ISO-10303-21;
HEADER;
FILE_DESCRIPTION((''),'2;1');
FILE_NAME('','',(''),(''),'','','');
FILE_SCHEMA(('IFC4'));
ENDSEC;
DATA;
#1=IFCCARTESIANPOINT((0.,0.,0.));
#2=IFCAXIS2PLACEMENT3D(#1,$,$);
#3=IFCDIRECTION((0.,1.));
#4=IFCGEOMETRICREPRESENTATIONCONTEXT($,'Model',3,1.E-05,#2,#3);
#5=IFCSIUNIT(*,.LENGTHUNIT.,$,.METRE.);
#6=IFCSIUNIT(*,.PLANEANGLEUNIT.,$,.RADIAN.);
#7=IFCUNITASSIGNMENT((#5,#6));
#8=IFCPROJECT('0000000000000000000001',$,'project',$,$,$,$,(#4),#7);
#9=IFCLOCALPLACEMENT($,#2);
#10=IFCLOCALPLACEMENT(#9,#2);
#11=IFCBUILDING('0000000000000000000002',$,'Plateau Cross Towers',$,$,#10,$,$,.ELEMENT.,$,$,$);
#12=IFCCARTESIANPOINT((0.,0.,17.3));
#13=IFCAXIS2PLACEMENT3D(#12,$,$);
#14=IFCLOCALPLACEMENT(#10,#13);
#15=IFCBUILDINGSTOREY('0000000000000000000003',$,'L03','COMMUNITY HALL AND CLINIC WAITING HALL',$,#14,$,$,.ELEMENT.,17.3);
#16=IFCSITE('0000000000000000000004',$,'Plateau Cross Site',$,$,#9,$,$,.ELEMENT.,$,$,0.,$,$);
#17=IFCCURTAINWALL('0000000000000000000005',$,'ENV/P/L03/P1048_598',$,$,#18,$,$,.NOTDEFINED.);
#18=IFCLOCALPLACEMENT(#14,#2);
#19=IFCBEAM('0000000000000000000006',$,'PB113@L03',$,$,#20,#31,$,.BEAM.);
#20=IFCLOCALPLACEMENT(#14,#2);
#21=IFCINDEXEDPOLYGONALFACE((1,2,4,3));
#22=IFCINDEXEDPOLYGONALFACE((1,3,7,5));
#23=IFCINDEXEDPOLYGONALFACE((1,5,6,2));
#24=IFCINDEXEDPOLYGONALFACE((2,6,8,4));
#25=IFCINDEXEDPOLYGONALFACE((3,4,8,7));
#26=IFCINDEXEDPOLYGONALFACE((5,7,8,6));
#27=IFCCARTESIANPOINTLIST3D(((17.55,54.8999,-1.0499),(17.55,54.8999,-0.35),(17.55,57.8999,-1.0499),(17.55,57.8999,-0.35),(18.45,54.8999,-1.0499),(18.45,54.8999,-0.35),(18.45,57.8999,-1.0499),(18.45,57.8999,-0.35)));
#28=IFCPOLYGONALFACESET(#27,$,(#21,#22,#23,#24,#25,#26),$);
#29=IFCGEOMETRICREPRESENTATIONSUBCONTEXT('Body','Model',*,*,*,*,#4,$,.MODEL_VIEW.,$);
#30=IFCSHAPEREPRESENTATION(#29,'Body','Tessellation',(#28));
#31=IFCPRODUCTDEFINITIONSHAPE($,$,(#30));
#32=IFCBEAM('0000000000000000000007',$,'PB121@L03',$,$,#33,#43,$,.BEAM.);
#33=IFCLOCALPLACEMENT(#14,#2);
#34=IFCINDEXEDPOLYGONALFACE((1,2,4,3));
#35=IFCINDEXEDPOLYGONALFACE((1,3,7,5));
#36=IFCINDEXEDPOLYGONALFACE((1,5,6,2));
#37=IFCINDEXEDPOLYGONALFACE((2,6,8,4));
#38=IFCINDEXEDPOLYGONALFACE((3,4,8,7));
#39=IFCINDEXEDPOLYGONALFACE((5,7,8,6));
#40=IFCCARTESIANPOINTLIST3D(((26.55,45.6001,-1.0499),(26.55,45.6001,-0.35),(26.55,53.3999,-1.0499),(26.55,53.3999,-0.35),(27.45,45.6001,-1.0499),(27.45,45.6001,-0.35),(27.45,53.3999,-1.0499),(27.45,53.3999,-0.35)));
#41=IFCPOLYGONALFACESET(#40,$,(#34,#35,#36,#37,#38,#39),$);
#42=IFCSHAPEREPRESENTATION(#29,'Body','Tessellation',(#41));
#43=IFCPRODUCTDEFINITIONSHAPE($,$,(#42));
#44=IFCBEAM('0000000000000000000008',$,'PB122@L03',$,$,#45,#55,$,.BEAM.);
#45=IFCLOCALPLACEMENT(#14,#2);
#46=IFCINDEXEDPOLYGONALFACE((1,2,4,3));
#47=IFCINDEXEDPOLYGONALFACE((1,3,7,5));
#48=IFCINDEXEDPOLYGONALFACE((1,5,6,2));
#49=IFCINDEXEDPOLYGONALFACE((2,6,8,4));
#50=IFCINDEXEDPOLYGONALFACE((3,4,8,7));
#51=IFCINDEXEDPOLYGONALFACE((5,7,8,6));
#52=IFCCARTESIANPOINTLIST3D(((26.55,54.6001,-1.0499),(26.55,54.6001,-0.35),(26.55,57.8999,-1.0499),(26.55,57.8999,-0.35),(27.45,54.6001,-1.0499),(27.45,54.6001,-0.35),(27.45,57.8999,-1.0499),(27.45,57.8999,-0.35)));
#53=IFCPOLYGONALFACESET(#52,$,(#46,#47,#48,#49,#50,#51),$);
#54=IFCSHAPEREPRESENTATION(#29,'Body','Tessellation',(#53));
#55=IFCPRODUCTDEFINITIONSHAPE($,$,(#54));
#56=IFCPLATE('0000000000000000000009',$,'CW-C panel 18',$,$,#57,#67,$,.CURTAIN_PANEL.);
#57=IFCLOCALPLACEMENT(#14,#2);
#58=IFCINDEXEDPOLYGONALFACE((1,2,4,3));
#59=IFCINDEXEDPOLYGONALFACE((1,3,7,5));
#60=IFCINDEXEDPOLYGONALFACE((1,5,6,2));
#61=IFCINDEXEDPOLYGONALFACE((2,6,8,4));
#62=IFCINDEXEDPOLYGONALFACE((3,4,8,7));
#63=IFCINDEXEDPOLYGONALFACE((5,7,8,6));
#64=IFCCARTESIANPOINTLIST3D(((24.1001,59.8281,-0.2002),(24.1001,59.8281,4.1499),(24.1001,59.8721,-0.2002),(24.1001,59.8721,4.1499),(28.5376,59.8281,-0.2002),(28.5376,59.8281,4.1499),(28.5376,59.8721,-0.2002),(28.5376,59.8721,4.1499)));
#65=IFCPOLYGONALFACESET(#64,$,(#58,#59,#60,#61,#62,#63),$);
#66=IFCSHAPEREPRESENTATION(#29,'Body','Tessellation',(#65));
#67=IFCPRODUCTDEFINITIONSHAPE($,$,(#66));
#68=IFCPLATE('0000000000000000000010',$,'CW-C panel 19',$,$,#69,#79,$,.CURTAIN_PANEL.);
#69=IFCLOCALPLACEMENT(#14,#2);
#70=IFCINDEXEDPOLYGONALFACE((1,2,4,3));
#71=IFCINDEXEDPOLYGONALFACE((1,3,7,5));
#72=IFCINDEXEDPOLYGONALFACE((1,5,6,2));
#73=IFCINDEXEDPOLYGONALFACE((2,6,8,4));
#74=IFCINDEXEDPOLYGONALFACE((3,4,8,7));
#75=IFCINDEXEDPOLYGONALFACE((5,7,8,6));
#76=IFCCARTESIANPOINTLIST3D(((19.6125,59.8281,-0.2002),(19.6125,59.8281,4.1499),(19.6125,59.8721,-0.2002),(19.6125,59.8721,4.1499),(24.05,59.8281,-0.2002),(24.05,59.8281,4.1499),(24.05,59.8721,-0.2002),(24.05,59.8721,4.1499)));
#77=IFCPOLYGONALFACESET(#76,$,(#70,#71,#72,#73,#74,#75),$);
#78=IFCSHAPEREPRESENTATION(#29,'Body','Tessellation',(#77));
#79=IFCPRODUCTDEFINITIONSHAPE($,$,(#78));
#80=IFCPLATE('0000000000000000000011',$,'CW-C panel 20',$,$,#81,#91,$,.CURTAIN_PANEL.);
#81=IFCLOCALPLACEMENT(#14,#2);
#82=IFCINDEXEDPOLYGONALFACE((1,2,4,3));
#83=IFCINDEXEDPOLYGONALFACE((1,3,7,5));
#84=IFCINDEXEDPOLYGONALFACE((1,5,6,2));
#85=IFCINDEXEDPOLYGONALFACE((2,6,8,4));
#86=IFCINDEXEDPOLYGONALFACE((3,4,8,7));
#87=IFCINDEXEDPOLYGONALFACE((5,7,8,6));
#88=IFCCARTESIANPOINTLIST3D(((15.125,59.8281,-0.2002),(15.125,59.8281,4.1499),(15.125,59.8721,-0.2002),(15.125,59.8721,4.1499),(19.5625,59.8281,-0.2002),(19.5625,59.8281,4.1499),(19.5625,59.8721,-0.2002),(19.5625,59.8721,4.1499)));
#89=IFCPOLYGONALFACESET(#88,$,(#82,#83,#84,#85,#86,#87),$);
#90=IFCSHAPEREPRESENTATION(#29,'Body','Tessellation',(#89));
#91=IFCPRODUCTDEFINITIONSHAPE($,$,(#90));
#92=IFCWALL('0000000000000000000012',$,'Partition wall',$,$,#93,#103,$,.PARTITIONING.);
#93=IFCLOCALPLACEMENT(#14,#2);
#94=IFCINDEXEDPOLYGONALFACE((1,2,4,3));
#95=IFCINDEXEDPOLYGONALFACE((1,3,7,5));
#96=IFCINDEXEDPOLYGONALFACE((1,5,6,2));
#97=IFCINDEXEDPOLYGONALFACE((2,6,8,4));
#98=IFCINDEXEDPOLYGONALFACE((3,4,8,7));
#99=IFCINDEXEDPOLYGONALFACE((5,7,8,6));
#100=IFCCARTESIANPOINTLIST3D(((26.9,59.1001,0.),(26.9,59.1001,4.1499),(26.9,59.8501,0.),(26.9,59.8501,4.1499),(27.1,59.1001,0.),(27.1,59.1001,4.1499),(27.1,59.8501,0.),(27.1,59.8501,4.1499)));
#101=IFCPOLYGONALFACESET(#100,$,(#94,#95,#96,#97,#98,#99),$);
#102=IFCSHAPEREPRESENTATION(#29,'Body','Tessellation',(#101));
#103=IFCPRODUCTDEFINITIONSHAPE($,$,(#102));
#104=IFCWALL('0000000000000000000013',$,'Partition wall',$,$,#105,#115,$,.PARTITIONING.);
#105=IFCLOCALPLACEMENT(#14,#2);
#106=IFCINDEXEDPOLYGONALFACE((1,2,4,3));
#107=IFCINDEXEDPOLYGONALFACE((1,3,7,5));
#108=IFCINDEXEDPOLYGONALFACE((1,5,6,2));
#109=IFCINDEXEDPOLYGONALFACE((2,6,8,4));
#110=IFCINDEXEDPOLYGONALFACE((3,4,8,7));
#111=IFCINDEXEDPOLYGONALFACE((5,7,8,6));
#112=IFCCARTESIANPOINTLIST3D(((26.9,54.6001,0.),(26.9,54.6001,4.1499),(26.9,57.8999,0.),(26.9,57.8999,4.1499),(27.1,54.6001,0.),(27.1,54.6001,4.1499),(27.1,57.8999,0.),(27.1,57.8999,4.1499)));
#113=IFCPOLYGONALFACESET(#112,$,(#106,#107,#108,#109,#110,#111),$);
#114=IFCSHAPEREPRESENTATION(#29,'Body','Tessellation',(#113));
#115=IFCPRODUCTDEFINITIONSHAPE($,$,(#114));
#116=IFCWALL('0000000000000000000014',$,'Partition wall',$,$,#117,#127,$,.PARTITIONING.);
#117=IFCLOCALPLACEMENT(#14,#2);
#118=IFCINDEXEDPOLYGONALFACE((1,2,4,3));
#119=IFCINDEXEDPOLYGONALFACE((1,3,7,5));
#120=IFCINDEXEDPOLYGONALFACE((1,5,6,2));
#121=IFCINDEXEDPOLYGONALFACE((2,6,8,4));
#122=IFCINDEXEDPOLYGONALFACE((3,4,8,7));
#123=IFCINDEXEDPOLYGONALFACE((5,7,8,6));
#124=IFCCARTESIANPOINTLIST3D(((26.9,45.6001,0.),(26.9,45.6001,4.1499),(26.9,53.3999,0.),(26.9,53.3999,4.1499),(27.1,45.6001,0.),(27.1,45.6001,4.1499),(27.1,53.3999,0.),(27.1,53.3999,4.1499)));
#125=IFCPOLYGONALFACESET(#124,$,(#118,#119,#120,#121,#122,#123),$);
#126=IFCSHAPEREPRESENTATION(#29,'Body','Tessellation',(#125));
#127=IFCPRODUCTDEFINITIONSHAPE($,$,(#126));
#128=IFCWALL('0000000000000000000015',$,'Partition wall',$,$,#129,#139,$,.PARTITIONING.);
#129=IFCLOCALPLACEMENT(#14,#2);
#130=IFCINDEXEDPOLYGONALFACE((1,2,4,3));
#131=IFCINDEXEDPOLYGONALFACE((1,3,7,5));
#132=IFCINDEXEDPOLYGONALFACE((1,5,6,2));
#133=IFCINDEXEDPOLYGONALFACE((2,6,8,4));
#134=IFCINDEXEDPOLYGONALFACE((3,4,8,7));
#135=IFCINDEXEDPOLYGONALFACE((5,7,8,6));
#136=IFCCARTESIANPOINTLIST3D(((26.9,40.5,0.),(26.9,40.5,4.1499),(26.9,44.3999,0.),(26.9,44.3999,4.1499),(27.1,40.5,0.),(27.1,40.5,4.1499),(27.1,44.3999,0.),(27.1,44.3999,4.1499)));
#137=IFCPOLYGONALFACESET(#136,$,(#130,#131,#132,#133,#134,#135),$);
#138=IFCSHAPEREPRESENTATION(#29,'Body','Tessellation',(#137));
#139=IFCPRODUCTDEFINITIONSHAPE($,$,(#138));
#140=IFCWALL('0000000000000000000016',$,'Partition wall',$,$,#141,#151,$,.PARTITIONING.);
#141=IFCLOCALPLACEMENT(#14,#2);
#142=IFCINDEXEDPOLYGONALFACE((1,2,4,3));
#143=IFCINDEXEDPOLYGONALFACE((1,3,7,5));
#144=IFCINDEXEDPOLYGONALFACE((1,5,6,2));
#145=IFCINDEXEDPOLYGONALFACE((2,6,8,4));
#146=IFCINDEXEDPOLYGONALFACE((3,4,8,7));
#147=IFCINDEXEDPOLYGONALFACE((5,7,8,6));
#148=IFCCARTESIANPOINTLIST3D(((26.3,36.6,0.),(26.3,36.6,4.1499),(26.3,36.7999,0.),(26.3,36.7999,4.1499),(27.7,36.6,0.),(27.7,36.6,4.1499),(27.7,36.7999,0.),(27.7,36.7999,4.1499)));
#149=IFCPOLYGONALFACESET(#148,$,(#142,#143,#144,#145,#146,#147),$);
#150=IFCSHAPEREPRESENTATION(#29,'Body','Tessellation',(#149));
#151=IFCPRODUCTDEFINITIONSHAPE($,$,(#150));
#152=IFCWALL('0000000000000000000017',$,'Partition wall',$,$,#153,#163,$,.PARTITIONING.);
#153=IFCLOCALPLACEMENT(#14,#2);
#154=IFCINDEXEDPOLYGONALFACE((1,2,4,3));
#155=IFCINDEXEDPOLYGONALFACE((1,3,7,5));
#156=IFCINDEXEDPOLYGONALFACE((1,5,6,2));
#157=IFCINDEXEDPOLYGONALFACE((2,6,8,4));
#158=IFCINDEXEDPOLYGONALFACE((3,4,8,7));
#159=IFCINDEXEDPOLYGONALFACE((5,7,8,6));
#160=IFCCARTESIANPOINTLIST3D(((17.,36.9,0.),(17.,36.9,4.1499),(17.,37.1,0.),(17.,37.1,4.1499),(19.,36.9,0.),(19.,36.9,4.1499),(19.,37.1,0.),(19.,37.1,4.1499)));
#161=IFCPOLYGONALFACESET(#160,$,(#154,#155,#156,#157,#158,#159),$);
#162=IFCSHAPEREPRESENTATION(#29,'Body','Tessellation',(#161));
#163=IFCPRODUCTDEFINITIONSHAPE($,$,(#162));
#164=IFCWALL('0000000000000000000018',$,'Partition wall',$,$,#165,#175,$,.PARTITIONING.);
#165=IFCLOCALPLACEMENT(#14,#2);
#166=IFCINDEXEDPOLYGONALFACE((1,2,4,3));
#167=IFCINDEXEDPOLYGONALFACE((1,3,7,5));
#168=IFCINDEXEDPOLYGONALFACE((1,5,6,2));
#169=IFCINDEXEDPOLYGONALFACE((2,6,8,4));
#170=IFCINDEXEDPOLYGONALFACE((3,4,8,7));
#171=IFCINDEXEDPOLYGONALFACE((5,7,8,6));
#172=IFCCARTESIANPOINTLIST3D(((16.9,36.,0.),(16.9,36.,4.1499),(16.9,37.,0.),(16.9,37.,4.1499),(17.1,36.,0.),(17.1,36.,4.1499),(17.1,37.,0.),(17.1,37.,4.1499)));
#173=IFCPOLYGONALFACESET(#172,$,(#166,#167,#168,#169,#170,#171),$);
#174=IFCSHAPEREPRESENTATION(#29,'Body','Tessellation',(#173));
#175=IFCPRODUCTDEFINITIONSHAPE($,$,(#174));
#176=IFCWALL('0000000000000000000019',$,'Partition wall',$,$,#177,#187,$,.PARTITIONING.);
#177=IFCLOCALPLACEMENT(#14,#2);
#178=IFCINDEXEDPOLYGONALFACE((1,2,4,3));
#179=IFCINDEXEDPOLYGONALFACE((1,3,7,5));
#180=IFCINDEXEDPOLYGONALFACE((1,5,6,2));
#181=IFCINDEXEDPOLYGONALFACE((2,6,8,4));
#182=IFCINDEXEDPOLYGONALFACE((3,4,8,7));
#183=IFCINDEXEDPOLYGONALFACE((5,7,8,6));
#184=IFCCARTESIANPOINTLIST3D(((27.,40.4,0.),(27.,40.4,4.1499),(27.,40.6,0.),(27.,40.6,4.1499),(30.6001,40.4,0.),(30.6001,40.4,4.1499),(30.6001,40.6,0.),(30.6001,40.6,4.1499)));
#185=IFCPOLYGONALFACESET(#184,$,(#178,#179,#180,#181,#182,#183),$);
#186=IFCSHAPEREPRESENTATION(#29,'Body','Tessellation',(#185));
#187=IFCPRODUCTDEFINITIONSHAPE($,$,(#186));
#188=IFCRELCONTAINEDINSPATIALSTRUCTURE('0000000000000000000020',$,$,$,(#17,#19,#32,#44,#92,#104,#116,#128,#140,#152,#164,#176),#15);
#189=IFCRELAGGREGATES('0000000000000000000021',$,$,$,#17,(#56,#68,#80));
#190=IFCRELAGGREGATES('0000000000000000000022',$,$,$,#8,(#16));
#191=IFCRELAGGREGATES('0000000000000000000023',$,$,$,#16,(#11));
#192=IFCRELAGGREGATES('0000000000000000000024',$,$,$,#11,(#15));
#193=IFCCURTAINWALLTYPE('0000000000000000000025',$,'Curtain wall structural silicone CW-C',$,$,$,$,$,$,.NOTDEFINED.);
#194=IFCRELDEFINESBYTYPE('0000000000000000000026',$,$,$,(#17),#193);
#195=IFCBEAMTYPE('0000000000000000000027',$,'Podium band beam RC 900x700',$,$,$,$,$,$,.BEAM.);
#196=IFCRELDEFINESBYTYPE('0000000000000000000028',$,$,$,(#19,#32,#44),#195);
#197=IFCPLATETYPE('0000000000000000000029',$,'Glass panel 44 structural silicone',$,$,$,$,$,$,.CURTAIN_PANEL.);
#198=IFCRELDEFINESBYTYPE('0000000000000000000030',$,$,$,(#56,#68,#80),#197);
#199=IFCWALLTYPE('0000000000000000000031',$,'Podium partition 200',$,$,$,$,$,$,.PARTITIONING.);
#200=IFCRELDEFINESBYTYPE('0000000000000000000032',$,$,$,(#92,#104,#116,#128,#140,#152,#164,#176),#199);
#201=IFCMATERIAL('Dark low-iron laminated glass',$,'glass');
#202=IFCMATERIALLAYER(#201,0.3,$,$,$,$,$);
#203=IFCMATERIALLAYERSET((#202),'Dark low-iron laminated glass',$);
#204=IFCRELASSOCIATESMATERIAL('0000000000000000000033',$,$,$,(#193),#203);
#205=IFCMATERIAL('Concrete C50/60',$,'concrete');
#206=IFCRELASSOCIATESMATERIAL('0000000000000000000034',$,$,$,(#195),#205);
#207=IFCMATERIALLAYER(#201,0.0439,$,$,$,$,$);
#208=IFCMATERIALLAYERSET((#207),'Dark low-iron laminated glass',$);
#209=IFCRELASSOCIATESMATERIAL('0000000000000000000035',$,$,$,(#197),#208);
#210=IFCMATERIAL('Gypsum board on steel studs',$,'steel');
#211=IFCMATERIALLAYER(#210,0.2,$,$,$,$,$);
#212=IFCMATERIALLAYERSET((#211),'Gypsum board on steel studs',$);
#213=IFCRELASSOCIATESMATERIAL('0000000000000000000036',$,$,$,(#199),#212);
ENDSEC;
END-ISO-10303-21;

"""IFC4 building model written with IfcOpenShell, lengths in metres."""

from ifc_helpers import new_model, si_unit, direction, frame, frame_2d, origin, origin_2d, place, context, subcontext, project, spatial, rectangle, extrude, material, layer, layer_set, material_profile, profile_set, type_object, element, aggregate, save


model = new_model("IFC4")

# Units and contexts
model_context = context("Model", 3, precision=1e-05, world=origin(), true_north=direction((0.0, 1.0)))
body_context = subcontext(model_context, "Body", "Model", "MODEL_VIEW")
ifc_project = project(units=[si_unit("LENGTHUNIT", "METRE"), si_unit("PLANEANGLEUNIT", "RADIAN")], contexts=[model_context])

# Site, building, storey
site_placement = place(None, origin())
site = spatial("IfcSite", under=ifc_project, at=site_placement, Name="Plateau Cross Site", CompositionType="ELEMENT", RefElevation=0.0)
building_placement = place(site_placement, origin())
building = spatial("IfcBuilding", under=site, at=building_placement, Name="Plateau Cross Towers", CompositionType="ELEMENT")
storey_placement = place(building_placement, frame((0.0, 0.0, 17.3)))
storey = spatial("IfcBuildingStorey", under=building, at=storey_placement, Name="L03", Description="COMMUNITY HALL AND CLINIC WAITING HALL", CompositionType="ELEMENT", Elevation=17.3)

# Curtain wall
ifc_material_1 = material(Name="Dark low-iron laminated glass", Category="glass")
ifc_layer_1 = layer(ifc_material_1, 0.3)
ifc_layer_set_1 = layer_set([ifc_layer_1], Name="Dark low-iron laminated glass")
curtain_wall_type = type_object("IfcCurtainWallType", Name="Curtain wall structural silicone CW-C", PredefinedType="NOTDEFINED", material=ifc_layer_set_1)
curtain_wall_placement = place(storey_placement, origin())
curtain_wall = element("IfcCurtainWall", 1, at=curtain_wall_placement, inside=storey, type_object=curtain_wall_type, Name="ENV/P/L03/P1048_598", PredefinedType="NOTDEFINED")

# Beams
ifc_material_2 = material(Name="Concrete C50/60", Category="concrete")
ifc_material_profile_1 = material_profile(ifc_material_2, rectangle(XDim=0.8999, YDim=0.7, at=origin_2d()), Name="RC 900x700")
ifc_profile_set_1 = profile_set([ifc_material_profile_1], Name="Concrete C50/60")
beam_type = type_object("IfcBeamType", Name="Podium band beam RC 900x700", PredefinedType="BEAM", material=ifc_profile_set_1)
beam_1_placement = place(storey_placement, frame((18.0, 54.8999, -0.7), z_axis=(0.0, 1.0, 0.0), x_axis=(-1.0, 0.0, 0.0)))
element("IfcBeam", 2, at=beam_1_placement, inside=storey, type_object=beam_type, Name="PB113@L03", PredefinedType="BEAM", context=body_context, shape_type="SweptSolid", body=[
    extrude(rectangle(XDim=0.8999, YDim=0.7, at=origin_2d()), origin(), (0.0, 0.0, 1.0), 3.0),
])
beam_2_placement = place(storey_placement, frame((27.0, 45.6001, -0.7), z_axis=(0.0, 1.0, 0.0), x_axis=(-1.0, 0.0, 0.0)))
element("IfcBeam", 3, at=beam_2_placement, inside=storey, type_object=beam_type, Name="PB121@L03", PredefinedType="BEAM", context=body_context, shape_type="SweptSolid", body=[
    extrude(rectangle(XDim=0.8999, YDim=0.7, at=origin_2d()), origin(), (0.0, 0.0, 1.0), 7.7998),
])
beam_3_placement = place(storey_placement, frame((27.0, 54.6001, -0.7), z_axis=(0.0, 1.0, 0.0), x_axis=(-1.0, 0.0, 0.0)))
element("IfcBeam", 4, at=beam_3_placement, inside=storey, type_object=beam_type, Name="PB122@L03", PredefinedType="BEAM", context=body_context, shape_type="SweptSolid", body=[
    extrude(rectangle(XDim=0.8999, YDim=0.7, at=origin_2d()), origin(), (0.0, 0.0, 1.0), 3.2998),
])

# Plates
ifc_layer_2 = layer(ifc_material_1, 0.0439)
ifc_layer_set_2 = layer_set([ifc_layer_2], Name="Dark low-iron laminated glass")
plate_type = type_object("IfcPlateType", Name="Glass panel 44 structural silicone", PredefinedType="CURTAIN_PANEL", material=ifc_layer_set_2)
plate_1_placement = place(storey_placement, frame((26.3188, 59.8501, -0.2002), z_axis=(0.0, 0.0, 1.0), x_axis=(-1.0, 0.0, 0.0)))
plate_1 = element("IfcPlate", 5, at=plate_1_placement, type_object=plate_type, Name="CW-C panel 18", PredefinedType="CURTAIN_PANEL", context=body_context, shape_type="SweptSolid", body=[
    extrude(rectangle(XDim=4.4375, YDim=0.0439, at=origin_2d()), origin(), (0.0, 0.0, 1.0), 4.3501),
])
plate_2_placement = place(storey_placement, frame((21.8313, 59.8501, -0.2002), z_axis=(0.0, 0.0, 1.0), x_axis=(-1.0, 0.0, 0.0)))
plate_2 = element("IfcPlate", 6, at=plate_2_placement, type_object=plate_type, Name="CW-C panel 19", PredefinedType="CURTAIN_PANEL", context=body_context, shape_type="SweptSolid", body=[
    extrude(rectangle(XDim=4.4375, YDim=0.0439, at=origin_2d()), origin(), (0.0, 0.0, 1.0), 4.3501),
])
plate_3_placement = place(storey_placement, frame((17.3438, 59.8501, -0.2002), z_axis=(0.0, 0.0, 1.0), x_axis=(-1.0, 0.0, 0.0)))
plate_3 = element("IfcPlate", 7, at=plate_3_placement, type_object=plate_type, Name="CW-C panel 20", PredefinedType="CURTAIN_PANEL", context=body_context, shape_type="SweptSolid", body=[
    extrude(rectangle(XDim=4.4375, YDim=0.0439, at=origin_2d()), origin(), (0.0, 0.0, 1.0), 4.3501),
])
aggregate(curtain_wall, [plate_1, plate_2, plate_3])

# Walls
ifc_material_3 = material(Name="Gypsum board on steel studs", Category="steel")
ifc_layer_3 = layer(ifc_material_3, 0.2)
ifc_layer_set_3 = layer_set([ifc_layer_3], Name="Gypsum board on steel studs")
wall_type_1 = type_object("IfcWallType", Name="Podium partition 200", PredefinedType="PARTITIONING", material=ifc_layer_set_3)
wall_1_placement = place(storey_placement, frame((27.0, 59.8501, 0.0), z_axis=(0.0, 0.0, 1.0), x_axis=(0.0, -1.0, 0.0)))
element("IfcWall", 8, at=wall_1_placement, inside=storey, type_object=wall_type_1, Name="Partition wall", PredefinedType="PARTITIONING", context=body_context, shape_type="SweptSolid", body=[
    extrude(rectangle(XDim=0.75, YDim=0.2, at=frame_2d((0.375, 0.0))), origin(), (0.0, 0.0, 1.0), 4.1499),
])
wall_2_placement = place(storey_placement, frame((27.0, 57.8999, 0.0), z_axis=(0.0, 0.0, 1.0), x_axis=(0.0, -1.0, 0.0)))
element("IfcWall", 9, at=wall_2_placement, inside=storey, type_object=wall_type_1, Name="Partition wall", PredefinedType="PARTITIONING", context=body_context, shape_type="SweptSolid", body=[
    extrude(rectangle(XDim=3.2998, YDim=0.2, at=frame_2d((1.6499, 0.0))), origin(), (0.0, 0.0, 1.0), 4.1499),
])
wall_3_placement = place(storey_placement, frame((27.0, 53.3999, 0.0), z_axis=(0.0, 0.0, 1.0), x_axis=(0.0, -1.0, 0.0)))
element("IfcWall", 10, at=wall_3_placement, inside=storey, type_object=wall_type_1, Name="Partition wall", PredefinedType="PARTITIONING", context=body_context, shape_type="SweptSolid", body=[
    extrude(rectangle(XDim=7.7998, YDim=0.2, at=frame_2d((3.8999, 0.0))), origin(), (0.0, 0.0, 1.0), 4.1499),
])
wall_4_placement = place(storey_placement, frame((27.0, 44.3999, 0.0), z_axis=(0.0, 0.0, 1.0), x_axis=(0.0, -1.0, 0.0)))
element("IfcWall", 11, at=wall_4_placement, inside=storey, type_object=wall_type_1, Name="Partition wall", PredefinedType="PARTITIONING", context=body_context, shape_type="SweptSolid", body=[
    extrude(rectangle(XDim=3.8999, YDim=0.2, at=frame_2d((1.95, 0.0))), origin(), (0.0, 0.0, 1.0), 4.1499),
])
wall_5_placement = place(storey_placement, frame((27.7, 36.7, 0.0), z_axis=(0.0, 0.0, 1.0), x_axis=(-1.0, 0.0, 0.0)))
element("IfcWall", 12, at=wall_5_placement, inside=storey, type_object=wall_type_1, Name="Partition wall", PredefinedType="PARTITIONING", context=body_context, shape_type="SweptSolid", body=[
    extrude(rectangle(XDim=1.3999, YDim=0.2, at=frame_2d((0.7, 0.0))), origin(), (0.0, 0.0, 1.0), 4.1499),
])
wall_6_placement = place(storey_placement, frame((19.0, 37.0, 0.0), z_axis=(0.0, 0.0, 1.0), x_axis=(-1.0, 0.0, 0.0)))
element("IfcWall", 13, at=wall_6_placement, inside=storey, type_object=wall_type_1, Name="Partition wall", PredefinedType="PARTITIONING", context=body_context, shape_type="SweptSolid", body=[
    extrude(rectangle(XDim=2.0, YDim=0.2, at=frame_2d((1.0, 0.0))), origin(), (0.0, 0.0, 1.0), 4.1499),
])
wall_7_placement = place(storey_placement, frame((17.0, 37.0, 0.0), z_axis=(0.0, 0.0, 1.0), x_axis=(0.0, -1.0, 0.0)))
element("IfcWall", 14, at=wall_7_placement, inside=storey, type_object=wall_type_1, Name="Partition wall", PredefinedType="PARTITIONING", context=body_context, shape_type="SweptSolid", body=[
    extrude(rectangle(XDim=1.0, YDim=0.2, at=frame_2d((0.5, 0.0))), origin(), (0.0, 0.0, 1.0), 4.1499),
])
wall_8_placement = place(storey_placement, frame((27.0, 40.5, 0.0), z_axis=(0.0, 0.0, 1.0), x_axis=(1.0, 0.0, 0.0)))
element("IfcWall", 15, at=wall_8_placement, inside=storey, type_object=wall_type_1, Name="Partition wall", PredefinedType="PARTITIONING", context=body_context, shape_type="SweptSolid", body=[
    extrude(rectangle(XDim=3.6001, YDim=0.2, at=frame_2d((1.8, 0.0))), origin(), (0.0, 0.0, 1.0), 4.1499),
])

save(model, "model.ifc")
